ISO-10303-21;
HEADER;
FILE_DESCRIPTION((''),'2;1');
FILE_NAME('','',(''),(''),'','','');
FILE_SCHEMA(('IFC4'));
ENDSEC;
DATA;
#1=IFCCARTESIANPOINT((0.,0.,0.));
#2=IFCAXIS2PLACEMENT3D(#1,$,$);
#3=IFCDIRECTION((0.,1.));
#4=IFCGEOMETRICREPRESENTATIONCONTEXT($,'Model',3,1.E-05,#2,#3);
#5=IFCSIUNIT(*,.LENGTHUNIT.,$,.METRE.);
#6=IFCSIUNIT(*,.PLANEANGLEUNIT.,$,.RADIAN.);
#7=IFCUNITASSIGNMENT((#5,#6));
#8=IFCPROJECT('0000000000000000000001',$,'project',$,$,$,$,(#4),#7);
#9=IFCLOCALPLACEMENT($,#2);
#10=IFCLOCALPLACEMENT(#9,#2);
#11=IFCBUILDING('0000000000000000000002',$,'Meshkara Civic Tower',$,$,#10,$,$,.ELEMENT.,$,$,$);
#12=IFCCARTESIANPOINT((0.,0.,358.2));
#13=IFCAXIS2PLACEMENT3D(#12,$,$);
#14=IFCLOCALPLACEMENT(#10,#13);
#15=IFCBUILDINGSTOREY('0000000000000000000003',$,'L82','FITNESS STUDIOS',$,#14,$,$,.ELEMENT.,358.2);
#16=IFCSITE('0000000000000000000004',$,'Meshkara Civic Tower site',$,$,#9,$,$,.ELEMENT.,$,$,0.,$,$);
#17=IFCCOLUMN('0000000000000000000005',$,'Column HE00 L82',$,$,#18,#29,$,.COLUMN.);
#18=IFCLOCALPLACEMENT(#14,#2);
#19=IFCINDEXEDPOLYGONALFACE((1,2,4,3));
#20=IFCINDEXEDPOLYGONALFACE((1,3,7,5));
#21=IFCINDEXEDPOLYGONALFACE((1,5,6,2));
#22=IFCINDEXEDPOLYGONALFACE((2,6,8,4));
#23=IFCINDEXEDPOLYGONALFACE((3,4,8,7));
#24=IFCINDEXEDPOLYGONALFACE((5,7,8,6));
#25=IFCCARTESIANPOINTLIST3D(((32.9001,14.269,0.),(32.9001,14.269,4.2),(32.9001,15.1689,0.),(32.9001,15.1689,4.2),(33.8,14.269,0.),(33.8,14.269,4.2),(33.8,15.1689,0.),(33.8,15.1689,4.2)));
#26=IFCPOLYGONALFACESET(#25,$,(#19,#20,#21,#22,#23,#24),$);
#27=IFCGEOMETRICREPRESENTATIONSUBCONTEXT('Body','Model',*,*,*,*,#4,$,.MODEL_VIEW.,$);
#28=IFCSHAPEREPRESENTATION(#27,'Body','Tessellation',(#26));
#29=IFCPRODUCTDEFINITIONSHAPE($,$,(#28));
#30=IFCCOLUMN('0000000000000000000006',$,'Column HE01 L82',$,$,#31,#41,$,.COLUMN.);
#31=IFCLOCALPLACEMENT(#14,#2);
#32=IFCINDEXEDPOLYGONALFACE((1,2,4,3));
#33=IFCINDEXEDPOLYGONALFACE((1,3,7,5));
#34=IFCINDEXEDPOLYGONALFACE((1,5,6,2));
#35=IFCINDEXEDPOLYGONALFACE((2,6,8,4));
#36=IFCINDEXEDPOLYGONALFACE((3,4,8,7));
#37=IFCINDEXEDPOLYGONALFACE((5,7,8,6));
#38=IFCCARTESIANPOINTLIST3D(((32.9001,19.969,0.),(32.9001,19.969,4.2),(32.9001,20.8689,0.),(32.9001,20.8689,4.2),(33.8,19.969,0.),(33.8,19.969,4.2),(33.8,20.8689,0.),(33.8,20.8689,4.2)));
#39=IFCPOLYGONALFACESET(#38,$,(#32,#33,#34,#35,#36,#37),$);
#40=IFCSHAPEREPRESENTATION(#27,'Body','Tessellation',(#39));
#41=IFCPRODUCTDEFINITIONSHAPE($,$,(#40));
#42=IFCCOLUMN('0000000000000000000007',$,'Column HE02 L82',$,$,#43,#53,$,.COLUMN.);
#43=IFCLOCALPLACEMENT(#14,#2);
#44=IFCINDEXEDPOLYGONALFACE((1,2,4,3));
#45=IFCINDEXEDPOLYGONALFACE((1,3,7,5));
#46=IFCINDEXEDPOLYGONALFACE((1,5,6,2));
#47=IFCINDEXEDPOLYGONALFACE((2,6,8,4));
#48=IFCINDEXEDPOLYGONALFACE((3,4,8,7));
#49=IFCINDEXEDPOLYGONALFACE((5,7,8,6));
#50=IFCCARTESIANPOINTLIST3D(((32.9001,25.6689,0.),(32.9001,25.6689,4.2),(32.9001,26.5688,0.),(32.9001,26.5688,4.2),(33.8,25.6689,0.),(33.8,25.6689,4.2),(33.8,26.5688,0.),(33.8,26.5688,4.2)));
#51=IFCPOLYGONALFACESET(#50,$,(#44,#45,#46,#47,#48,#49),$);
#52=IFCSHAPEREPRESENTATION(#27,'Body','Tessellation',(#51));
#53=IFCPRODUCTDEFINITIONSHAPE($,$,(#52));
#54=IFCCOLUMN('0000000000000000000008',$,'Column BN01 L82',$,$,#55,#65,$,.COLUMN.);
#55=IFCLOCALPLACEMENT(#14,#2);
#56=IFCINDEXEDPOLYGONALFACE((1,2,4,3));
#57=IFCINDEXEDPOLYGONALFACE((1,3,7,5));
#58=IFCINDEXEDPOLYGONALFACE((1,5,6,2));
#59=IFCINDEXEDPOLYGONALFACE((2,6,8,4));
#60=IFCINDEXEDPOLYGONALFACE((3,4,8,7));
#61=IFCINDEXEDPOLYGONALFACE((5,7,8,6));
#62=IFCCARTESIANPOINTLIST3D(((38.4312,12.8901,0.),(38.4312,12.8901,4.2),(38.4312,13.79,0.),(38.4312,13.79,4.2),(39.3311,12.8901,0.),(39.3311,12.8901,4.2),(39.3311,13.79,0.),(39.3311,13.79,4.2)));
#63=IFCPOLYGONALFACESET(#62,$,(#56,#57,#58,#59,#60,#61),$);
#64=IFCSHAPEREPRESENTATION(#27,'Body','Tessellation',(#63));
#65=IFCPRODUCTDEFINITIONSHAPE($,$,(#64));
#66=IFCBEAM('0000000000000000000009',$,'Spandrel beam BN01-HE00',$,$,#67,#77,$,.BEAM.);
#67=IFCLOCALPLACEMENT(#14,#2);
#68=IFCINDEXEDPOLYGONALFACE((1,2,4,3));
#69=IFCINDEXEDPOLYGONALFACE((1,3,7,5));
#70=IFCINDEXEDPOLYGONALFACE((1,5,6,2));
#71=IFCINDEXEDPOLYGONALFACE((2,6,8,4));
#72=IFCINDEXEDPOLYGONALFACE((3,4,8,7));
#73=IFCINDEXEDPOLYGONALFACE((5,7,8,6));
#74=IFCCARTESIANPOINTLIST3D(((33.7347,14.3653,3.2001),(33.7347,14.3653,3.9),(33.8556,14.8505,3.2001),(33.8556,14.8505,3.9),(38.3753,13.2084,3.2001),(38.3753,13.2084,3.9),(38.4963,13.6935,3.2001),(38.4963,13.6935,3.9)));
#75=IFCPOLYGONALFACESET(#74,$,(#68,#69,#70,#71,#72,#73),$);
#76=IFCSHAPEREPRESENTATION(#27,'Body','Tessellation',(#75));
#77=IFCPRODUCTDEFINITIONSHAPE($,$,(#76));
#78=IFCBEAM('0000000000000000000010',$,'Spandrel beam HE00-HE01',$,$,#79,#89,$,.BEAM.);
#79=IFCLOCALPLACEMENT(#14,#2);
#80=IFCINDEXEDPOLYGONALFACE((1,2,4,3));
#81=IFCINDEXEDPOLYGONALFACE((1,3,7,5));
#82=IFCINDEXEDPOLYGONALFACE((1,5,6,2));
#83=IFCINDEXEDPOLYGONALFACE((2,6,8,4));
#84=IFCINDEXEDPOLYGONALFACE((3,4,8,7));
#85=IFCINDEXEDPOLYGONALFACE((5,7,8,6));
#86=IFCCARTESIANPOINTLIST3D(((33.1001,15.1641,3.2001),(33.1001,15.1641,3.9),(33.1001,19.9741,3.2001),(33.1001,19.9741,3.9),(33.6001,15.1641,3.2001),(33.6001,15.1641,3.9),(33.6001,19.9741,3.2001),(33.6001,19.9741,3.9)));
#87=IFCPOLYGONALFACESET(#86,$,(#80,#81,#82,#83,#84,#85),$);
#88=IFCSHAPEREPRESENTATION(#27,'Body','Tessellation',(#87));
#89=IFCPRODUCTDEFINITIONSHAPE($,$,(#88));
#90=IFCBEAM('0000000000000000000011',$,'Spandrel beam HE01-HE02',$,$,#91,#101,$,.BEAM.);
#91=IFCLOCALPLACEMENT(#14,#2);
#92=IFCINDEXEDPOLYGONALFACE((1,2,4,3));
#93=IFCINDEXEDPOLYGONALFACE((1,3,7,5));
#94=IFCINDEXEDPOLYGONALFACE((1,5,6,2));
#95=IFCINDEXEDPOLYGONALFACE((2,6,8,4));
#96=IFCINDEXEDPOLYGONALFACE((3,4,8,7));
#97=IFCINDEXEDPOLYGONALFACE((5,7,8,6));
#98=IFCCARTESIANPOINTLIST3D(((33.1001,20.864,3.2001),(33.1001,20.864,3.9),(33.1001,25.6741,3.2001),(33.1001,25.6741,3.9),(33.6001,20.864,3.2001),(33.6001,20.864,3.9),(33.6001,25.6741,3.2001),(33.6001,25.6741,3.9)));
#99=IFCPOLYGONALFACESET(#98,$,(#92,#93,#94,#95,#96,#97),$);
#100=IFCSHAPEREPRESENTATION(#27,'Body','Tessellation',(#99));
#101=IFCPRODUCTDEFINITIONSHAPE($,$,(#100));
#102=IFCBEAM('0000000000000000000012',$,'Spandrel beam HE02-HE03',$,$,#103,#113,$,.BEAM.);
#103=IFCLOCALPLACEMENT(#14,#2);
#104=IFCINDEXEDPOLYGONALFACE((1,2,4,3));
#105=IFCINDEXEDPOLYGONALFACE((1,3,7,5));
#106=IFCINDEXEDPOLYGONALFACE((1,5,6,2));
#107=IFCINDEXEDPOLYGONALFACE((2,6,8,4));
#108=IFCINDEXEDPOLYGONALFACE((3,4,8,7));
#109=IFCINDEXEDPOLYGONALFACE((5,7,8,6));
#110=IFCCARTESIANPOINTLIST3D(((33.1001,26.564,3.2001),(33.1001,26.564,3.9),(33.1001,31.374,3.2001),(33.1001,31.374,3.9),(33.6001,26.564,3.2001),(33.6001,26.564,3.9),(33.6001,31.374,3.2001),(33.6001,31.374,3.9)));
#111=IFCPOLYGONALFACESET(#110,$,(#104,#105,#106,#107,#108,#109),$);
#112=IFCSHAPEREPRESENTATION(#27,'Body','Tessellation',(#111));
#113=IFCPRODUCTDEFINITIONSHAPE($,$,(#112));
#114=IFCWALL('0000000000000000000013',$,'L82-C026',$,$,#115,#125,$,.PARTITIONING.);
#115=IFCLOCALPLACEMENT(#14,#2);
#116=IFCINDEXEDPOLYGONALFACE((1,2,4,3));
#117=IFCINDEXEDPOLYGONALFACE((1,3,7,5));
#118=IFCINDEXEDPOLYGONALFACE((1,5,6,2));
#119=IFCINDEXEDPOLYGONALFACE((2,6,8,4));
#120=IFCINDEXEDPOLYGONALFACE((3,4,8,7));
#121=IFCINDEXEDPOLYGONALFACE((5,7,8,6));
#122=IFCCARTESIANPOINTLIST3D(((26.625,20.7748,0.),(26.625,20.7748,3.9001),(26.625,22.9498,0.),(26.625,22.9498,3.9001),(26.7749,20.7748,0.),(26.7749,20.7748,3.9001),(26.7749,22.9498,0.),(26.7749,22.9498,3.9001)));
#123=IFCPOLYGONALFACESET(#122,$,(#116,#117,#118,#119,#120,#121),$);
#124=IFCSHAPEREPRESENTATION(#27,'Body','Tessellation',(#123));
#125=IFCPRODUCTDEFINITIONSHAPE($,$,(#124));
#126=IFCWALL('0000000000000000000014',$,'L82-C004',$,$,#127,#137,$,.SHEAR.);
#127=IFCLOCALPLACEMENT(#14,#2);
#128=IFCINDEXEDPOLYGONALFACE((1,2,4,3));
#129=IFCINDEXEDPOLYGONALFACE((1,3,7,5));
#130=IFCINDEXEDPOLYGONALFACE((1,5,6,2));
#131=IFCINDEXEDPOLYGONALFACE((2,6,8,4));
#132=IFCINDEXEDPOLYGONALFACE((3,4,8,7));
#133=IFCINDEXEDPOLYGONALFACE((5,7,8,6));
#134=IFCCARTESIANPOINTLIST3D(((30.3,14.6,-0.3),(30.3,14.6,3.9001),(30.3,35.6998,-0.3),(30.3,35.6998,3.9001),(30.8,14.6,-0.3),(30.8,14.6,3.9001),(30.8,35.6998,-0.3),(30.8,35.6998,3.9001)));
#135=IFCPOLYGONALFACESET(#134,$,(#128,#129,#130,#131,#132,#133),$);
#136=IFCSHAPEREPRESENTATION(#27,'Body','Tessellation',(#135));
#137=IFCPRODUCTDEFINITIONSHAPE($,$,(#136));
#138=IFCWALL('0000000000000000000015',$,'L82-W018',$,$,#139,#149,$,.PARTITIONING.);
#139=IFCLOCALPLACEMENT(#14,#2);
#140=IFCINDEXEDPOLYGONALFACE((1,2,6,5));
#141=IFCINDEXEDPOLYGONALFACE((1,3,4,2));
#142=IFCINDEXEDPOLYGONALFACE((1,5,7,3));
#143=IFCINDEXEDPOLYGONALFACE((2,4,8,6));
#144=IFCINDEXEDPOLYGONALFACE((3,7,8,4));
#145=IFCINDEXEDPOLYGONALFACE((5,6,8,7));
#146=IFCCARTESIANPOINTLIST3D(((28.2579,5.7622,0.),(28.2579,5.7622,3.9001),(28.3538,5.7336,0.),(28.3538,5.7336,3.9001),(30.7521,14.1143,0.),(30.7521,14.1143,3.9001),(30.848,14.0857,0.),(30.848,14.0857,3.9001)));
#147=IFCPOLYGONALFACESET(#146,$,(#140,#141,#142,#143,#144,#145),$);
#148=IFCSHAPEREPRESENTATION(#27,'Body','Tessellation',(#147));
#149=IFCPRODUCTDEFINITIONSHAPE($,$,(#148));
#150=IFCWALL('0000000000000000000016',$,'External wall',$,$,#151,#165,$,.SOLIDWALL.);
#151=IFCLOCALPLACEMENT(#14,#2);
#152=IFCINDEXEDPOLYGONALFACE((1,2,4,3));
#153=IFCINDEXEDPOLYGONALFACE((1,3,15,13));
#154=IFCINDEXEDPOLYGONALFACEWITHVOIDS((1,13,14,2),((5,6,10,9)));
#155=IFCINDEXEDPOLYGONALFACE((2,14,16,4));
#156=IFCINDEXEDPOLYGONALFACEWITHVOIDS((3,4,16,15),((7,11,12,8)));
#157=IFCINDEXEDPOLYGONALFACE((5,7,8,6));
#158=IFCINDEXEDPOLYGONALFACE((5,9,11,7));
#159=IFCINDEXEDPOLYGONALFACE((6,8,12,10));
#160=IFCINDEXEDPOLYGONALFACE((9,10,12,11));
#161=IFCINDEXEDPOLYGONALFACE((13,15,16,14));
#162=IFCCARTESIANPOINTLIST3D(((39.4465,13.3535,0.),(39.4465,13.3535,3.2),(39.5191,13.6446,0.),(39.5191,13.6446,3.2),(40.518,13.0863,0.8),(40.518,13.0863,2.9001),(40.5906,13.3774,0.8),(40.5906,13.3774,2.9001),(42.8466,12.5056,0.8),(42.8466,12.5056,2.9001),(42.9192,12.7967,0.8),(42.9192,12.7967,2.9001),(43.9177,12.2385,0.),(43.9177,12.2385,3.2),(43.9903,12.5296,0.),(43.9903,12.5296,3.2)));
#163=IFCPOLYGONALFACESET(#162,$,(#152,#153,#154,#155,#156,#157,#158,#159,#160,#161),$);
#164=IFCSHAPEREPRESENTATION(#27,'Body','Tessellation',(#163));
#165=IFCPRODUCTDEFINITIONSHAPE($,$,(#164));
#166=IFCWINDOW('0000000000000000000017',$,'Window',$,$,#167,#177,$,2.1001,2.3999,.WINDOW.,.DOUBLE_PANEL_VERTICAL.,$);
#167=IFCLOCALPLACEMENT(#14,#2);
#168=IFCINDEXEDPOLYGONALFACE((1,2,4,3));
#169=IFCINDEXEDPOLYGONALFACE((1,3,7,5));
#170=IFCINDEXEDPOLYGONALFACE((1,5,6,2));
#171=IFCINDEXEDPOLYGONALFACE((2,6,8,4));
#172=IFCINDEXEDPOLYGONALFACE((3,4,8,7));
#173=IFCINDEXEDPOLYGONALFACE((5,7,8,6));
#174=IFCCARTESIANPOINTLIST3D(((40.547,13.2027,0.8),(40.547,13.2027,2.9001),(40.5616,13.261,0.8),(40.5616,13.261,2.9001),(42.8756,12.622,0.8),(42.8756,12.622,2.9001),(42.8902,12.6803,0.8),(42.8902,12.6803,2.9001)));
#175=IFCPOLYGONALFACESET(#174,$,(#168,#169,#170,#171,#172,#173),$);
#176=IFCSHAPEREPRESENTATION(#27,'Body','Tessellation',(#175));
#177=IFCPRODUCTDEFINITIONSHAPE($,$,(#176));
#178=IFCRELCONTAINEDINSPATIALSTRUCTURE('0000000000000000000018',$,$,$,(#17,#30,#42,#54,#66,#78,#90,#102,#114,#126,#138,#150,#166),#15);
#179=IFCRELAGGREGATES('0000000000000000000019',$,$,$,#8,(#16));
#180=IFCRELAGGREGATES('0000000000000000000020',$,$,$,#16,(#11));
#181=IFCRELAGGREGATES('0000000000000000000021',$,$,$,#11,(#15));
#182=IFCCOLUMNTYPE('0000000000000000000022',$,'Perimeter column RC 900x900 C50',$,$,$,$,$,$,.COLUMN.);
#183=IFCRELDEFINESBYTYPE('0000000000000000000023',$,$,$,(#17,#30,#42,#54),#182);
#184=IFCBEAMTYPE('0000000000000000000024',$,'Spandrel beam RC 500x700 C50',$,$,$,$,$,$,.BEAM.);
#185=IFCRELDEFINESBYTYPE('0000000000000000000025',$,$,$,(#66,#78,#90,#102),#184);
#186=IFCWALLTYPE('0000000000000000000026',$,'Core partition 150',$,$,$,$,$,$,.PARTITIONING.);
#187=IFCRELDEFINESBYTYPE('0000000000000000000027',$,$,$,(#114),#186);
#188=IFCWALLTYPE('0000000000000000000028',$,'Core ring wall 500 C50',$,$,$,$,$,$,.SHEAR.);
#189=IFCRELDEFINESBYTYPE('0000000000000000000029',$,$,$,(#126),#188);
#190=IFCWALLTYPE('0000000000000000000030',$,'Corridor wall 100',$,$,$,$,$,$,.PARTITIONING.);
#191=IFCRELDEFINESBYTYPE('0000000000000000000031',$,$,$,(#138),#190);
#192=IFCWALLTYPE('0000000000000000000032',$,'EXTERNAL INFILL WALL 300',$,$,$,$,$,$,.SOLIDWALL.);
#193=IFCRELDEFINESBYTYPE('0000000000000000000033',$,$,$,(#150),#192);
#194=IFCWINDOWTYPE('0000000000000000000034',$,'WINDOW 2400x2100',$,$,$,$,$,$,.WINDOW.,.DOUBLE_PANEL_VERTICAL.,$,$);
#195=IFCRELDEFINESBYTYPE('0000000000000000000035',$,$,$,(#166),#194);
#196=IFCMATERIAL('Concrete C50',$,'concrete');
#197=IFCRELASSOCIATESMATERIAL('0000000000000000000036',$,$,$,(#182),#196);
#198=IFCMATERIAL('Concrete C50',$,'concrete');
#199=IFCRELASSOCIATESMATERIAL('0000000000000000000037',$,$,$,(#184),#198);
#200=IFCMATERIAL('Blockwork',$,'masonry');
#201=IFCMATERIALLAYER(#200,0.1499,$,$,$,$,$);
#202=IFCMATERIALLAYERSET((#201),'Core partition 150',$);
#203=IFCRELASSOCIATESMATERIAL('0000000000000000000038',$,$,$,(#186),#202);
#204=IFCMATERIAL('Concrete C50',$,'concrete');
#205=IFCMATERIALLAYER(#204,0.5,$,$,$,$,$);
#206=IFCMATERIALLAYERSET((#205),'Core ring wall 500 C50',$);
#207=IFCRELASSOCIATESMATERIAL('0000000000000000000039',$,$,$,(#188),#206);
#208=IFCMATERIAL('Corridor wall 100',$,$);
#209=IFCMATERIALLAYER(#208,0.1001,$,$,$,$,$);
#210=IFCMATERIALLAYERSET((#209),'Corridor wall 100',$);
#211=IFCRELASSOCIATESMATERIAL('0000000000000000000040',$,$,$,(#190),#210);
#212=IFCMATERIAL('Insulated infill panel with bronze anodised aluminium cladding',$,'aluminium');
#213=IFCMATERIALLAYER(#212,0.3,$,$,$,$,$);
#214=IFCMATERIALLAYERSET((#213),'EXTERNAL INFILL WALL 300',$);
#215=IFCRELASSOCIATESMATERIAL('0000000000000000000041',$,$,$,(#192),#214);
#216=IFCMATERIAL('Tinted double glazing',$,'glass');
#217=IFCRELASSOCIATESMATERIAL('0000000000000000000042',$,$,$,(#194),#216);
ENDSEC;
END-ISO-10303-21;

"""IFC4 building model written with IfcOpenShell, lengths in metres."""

from ifc_helpers import new_model, si_unit, direction, frame, frame_2d, origin, origin_2d, place, context, subcontext, project, spatial, rectangle, extrude, material, layer, layer_set, material_profile, profile_set, type_object, element, fill, save


model = new_model("IFC4")

# Units and contexts
model_context = context("Model", 3, precision=1e-05, world=origin(), true_north=direction((0.0, 1.0)))
body_context = subcontext(model_context, "Body", "Model", "MODEL_VIEW")
ifc_project = project(units=[si_unit("LENGTHUNIT", "METRE"), si_unit("PLANEANGLEUNIT", "RADIAN")], contexts=[model_context])

# Site, building, storey
site_placement = place(None, origin())
site = spatial("IfcSite", under=ifc_project, at=site_placement, Name="Meshkara Civic Tower site", CompositionType="ELEMENT", RefElevation=0.0)
building_placement = place(site_placement, origin())
building = spatial("IfcBuilding", under=site, at=building_placement, Name="Meshkara Civic Tower", CompositionType="ELEMENT")
storey_placement = place(building_placement, frame((0.0, 0.0, 358.2)))
storey = spatial("IfcBuildingStorey", under=building, at=storey_placement, Name="L82", Description="FITNESS STUDIOS", CompositionType="ELEMENT", Elevation=358.2)

# Columns
ifc_material_1 = material(Name="Concrete C50", Category="concrete")
ifc_material_profile_1 = material_profile(ifc_material_1, rectangle(XDim=0.8999, YDim=0.8999, at=origin_2d()))
ifc_profile_set_1 = profile_set([ifc_material_profile_1], Name="Concrete C50")
column_type = type_object("IfcColumnType", Name="Perimeter column RC 900x900 C50", PredefinedType="COLUMN", material=ifc_profile_set_1)
for number, where, z_axis, x_axis, name in (
    (1, (33.3501, 14.719, 0.0), (0.0, 0.0, 1.0), (1.0, 0.0, 0.0), "Column HE00 L82"),
    (2, (33.3501, 20.4189, 0.0), (0.0, 0.0, 1.0), (1.0, 0.0, 0.0), "Column HE01 L82"),
    (3, (33.3501, 26.1189, 0.0), (0.0, 0.0, 1.0), (1.0, 0.0, 0.0), "Column HE02 L82"),
    (4, (38.8811, 13.3401, 0.0), (0.0, 0.0, 1.0), (1.0, 0.0, 0.0), "Column BN01 L82"),
):
    element("IfcColumn", number, at=place(storey_placement, frame(where, z_axis=z_axis, x_axis=x_axis)), inside=storey, type_object=column_type, Name=name, PredefinedType="COLUMN", context=body_context, shape_type="SweptSolid", body=[
        extrude(rectangle(XDim=0.8999, YDim=0.8999, at=origin_2d()), origin(), (0.0, 0.0, 1.0), 4.2),
    ])

# Beams
ifc_material_2 = material(Name="Concrete C50", Category="concrete")
ifc_material_profile_2 = material_profile(ifc_material_2, rectangle(XDim=0.5, YDim=0.7, at=origin_2d()))
ifc_profile_set_2 = profile_set([ifc_material_profile_2], Name="Concrete C50")
beam_type = type_object("IfcBeamType", Name="Spandrel beam RC 500x700 C50", PredefinedType="BEAM", material=ifc_profile_set_2)
beam_placement = place(storey_placement, frame((38.4358, 13.4509, 3.55), z_axis=(-0.970298, 0.241911, 0.0), x_axis=(-0.241911, -0.970298, 0.0)))
element("IfcBeam", 5, at=beam_placement, inside=storey, type_object=beam_type, Name="Spandrel beam BN01-HE00", PredefinedType="BEAM", context=body_context, shape_type="SweptSolid", body=[
    extrude(rectangle(XDim=0.5, YDim=0.7, at=origin_2d()), origin(), (0.0, 0.0, 1.0), 4.7827),
])
for number, where, z_axis, x_axis, name in (
    (6, (33.3501, 15.1641, 3.55), (0.0, 1.0, 0.0), (-1.0, 0.0, 0.0), "Spandrel beam HE00-HE01"),
    (7, (33.3501, 20.864, 3.55), (0.0, 1.0, 0.0), (-1.0, 0.0, 0.0), "Spandrel beam HE01-HE02"),
    (8, (33.3501, 26.564, 3.55), (0.0, 1.0, 0.0), (-1.0, 0.0, 0.0), "Spandrel beam HE02-HE03"),
):
    element("IfcBeam", number, at=place(storey_placement, frame(where, z_axis=z_axis, x_axis=x_axis)), inside=storey, type_object=beam_type, Name=name, PredefinedType="BEAM", context=body_context, shape_type="SweptSolid", body=[
        extrude(rectangle(XDim=0.5, YDim=0.7, at=origin_2d()), origin(), (0.0, 0.0, 1.0), 4.8101),
    ])

# Walls
ifc_material_3 = material(Name="Blockwork", Category="masonry")
ifc_layer_1 = layer(ifc_material_3, 0.1499)
ifc_layer_set_1 = layer_set([ifc_layer_1], Name="Core partition 150")
wall_type_1 = type_object("IfcWallType", Name="Core partition 150", PredefinedType="PARTITIONING", material=ifc_layer_set_1)
wall_1_placement = place(storey_placement, frame((26.7, 20.7749, 0.0), z_axis=(0.0, 0.0, 1.0), x_axis=(0.0, 1.0, 0.0)))
element("IfcWall", 9, at=wall_1_placement, inside=storey, type_object=wall_type_1, Name="L82-C026", PredefinedType="PARTITIONING", context=body_context, shape_type="SweptSolid", body=[
    extrude(rectangle(XDim=2.175, YDim=0.1499, at=frame_2d((1.0874, 0.0))), origin(), (0.0, 0.0, 1.0), 3.9001),
])
ifc_material_4 = material(Name="Concrete C50", Category="concrete")
ifc_layer_2 = layer(ifc_material_4, 0.5)
ifc_layer_set_2 = layer_set([ifc_layer_2], Name="Core ring wall 500 C50")
wall_type_2 = type_object("IfcWallType", Name="Core ring wall 500 C50", PredefinedType="SHEAR", material=ifc_layer_set_2)
wall_2_placement = place(storey_placement, frame((30.55, 14.6001, -0.3), z_axis=(0.0, 0.0, 1.0), x_axis=(0.0, 1.0, 0.0)))
element("IfcWall", 10, at=wall_2_placement, inside=storey, type_object=wall_type_2, Name="L82-C004", PredefinedType="SHEAR", context=body_context, shape_type="SweptSolid", body=[
    extrude(rectangle(XDim=21.0999, YDim=0.5, at=frame_2d((10.5498, 0.0))), origin(), (0.0, 0.0, 1.0), 4.2002),
])
ifc_material_5 = material(Name="Corridor wall 100")
ifc_layer_3 = layer(ifc_material_5, 0.1001)
ifc_layer_set_3 = layer_set([ifc_layer_3], Name="Corridor wall 100")
wall_type_3 = type_object("IfcWallType", Name="Corridor wall 100", PredefinedType="PARTITIONING", material=ifc_layer_set_3)
wall_3_placement = place(storey_placement, frame((30.8, 14.1001, 0.0), z_axis=(0.0, 0.0, 1.0), x_axis=(-0.28614, -0.958188, 0.0)))
element("IfcWall", 11, at=wall_3_placement, inside=storey, type_object=wall_type_3, Name="L82-W018", PredefinedType="PARTITIONING", context=body_context, shape_type="SweptSolid", body=[
    extrude(rectangle(XDim=8.7166, YDim=0.1001, at=frame_2d((4.3584, 0.0))), origin(), (0.0, 0.0, 1.0), 3.9001),
])

# Wall, opening, window
ifc_material_6 = material(Name="Insulated infill panel with bronze anodised aluminium cladding", Category="aluminium")
ifc_layer_4 = layer(ifc_material_6, 0.3)
ifc_layer_set_4 = layer_set([ifc_layer_4], Name="EXTERNAL INFILL WALL 300")
wall_type_4 = type_object("IfcWallType", Name="EXTERNAL INFILL WALL 300", PredefinedType="SOLIDWALL", material=ifc_layer_set_4)
wall_4_placement = place(storey_placement, frame((43.9541, 12.384, 0.0), z_axis=(0.0, 0.0, 1.0), x_axis=(-0.970286, 0.241962, 0.0)))
wall_4 = element("IfcWall", 12, at=wall_4_placement, inside=storey, type_object=wall_type_4, Name="External wall", PredefinedType="SOLIDWALL", context=body_context, shape_type="SweptSolid", body=[
    extrude(rectangle(XDim=4.6082, YDim=0.3, at=frame_2d((2.3042, 0.0))), origin(), (0.0, 0.0, 1.0), 3.2),
])
opening_1_placement = place(wall_4_placement, frame((1.104, 0.0, 0.8)))
opening_1 = element("IfcOpeningElement", 13, at=opening_1_placement, cuts=wall_4, PredefinedType="OPENING", context=body_context, shape_type="SweptSolid", body=[
    extrude(rectangle(XDim=2.3999, YDim=2.1001, at=frame_2d((1.2, 1.05))), frame((0.0, 0.1599, 0.0), z_axis=(0.0, -1.0, 0.0), x_axis=(1.0, 0.0, 0.0)), (0.0, 0.0, 1.0), 0.3201),
])
ifc_material_7 = material(Name="Tinted double glazing", Category="glass")
window_type = type_object("IfcWindowType", Name="WINDOW 2400x2100", PartitioningType="DOUBLE_PANEL_VERTICAL", PredefinedType="WINDOW", material=ifc_material_7)
window_1_placement = place(opening_1_placement, origin())
window_1 = element("IfcWindow", 14, at=window_1_placement, inside=storey, type_object=window_type, Name="Window", OverallHeight=2.1001, OverallWidth=2.3999, PartitioningType="DOUBLE_PANEL_VERTICAL", PredefinedType="WINDOW", context=body_context, shape_type="SweptSolid", body=[
    extrude(rectangle(XDim=2.3999, YDim=2.1001, at=frame_2d((1.2, 1.05))), frame((0.0, 0.03, 0.0), z_axis=(0.0, -1.0, 0.0), x_axis=(1.0, 0.0, 0.0)), (0.0, 0.0, 1.0), 0.0601),
])
fill(opening_1, window_1)

save(model, "model.ifc")
